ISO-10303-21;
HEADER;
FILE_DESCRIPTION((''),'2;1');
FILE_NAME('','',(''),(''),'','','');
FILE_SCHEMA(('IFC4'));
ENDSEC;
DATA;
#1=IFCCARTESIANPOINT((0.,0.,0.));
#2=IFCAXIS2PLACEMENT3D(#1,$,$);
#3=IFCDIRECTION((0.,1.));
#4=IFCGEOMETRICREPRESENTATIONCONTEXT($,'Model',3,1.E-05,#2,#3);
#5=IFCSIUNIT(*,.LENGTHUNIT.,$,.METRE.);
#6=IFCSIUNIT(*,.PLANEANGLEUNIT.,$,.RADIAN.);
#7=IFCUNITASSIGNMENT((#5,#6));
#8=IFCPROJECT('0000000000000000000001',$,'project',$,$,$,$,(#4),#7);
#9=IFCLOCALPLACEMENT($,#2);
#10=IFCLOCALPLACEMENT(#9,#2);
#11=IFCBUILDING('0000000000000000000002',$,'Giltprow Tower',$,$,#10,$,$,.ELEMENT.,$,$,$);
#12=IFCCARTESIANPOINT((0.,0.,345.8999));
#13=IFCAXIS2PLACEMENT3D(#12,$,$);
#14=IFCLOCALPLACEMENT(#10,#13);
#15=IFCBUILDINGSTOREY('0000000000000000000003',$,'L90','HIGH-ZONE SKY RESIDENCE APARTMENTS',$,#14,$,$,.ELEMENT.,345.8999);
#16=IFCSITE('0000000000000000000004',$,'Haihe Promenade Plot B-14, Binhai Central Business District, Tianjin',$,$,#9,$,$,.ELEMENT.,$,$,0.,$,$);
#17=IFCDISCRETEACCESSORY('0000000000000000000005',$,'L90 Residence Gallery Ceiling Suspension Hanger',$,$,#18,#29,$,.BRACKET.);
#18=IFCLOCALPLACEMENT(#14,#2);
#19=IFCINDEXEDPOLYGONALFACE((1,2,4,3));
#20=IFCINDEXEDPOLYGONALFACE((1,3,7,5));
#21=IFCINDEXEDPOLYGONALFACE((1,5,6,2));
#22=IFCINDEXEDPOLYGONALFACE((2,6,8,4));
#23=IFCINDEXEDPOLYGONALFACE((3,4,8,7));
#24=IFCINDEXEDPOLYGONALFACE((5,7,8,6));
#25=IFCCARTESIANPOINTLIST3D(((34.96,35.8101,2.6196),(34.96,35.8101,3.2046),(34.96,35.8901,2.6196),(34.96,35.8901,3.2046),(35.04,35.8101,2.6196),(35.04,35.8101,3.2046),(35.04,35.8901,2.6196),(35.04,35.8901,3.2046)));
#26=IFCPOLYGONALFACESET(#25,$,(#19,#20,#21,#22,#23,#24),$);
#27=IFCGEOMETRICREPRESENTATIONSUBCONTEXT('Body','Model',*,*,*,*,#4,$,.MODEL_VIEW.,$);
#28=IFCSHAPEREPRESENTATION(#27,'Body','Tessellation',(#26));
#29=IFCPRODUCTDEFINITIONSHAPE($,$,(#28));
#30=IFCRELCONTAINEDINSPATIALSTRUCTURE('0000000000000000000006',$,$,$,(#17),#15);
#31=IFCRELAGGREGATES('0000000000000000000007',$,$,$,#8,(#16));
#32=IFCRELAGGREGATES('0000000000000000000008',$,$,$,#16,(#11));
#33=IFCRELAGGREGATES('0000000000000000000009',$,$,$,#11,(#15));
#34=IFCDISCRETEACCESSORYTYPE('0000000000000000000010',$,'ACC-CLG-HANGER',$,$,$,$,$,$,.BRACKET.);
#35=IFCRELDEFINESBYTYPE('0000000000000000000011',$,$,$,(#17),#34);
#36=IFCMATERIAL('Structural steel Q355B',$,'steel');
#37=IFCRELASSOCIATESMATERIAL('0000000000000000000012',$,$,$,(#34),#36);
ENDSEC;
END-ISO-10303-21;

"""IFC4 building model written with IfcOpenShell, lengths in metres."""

from ifc_helpers import new_model, si_unit, direction, frame, origin, origin_2d, place, context, subcontext, project, spatial, rectangle, extrude, source, transform, mapped, material, type_object, element, save


model = new_model("IFC4")

# Units and contexts
model_context = context("Model", 3, precision=1e-05, world=origin(), true_north=direction((0.0, 1.0)))
body_context = subcontext(model_context, "Body", "Model", "MODEL_VIEW")
ifc_project = project(units=[si_unit("LENGTHUNIT", "METRE"), si_unit("PLANEANGLEUNIT", "RADIAN")], contexts=[model_context])

# Site, building, storey
site_placement = place(None, origin())
site = spatial("IfcSite", under=ifc_project, at=site_placement, Name="Haihe Promenade Plot B-14, Binhai Central Business District, Tianjin", CompositionType="ELEMENT", RefElevation=0.0)
building_placement = place(site_placement, origin())
building = spatial("IfcBuilding", under=site, at=building_placement, Name="Giltprow Tower", CompositionType="ELEMENT")
storey_placement = place(building_placement, frame((0.0, 0.0, 345.8999)))
storey = spatial("IfcBuildingStorey", under=building, at=storey_placement, Name="L90", Description="HIGH-ZONE SKY RESIDENCE APARTMENTS", CompositionType="ELEMENT", Elevation=345.8999)

# Shared definitions
ifc_material_1 = material(Name="Structural steel Q355B", Category="steel")

# Discrete accessory
discrete_accessory_type = type_object("IfcDiscreteAccessoryType", Name="ACC-CLG-HANGER", PredefinedType="BRACKET", material=ifc_material_1)
shared_shape_1 = source(origin(), body_context, "Body", "SweptSolid", [
    extrude(rectangle(XDim=0.0801, YDim=0.0801, at=origin_2d()), origin(), (0.0, 0.0, 1.0), 0.585),
])
discrete_accessory_placement = place(storey_placement, frame((35.0, 35.8501, 2.6196), z_axis=(0.0, 0.0, 1.0), x_axis=(1.0, 0.0, 0.0)))
element("IfcDiscreteAccessory", 1, at=discrete_accessory_placement, inside=storey, type_object=discrete_accessory_type, Name="L90 Residence Gallery Ceiling Suspension Hanger", PredefinedType="BRACKET", context=body_context, shape_type="MappedRepresentation", body=[
    mapped(shared_shape_1, transform((0.0, 0.0, 0.0), x_axis=(1.0, 0.0, 0.0), y_axis=(0.0, 1.0, 0.0), z_axis=(0.0, 0.0, 1.0), scale=1.0)),
])

save(model, "model.ifc")
